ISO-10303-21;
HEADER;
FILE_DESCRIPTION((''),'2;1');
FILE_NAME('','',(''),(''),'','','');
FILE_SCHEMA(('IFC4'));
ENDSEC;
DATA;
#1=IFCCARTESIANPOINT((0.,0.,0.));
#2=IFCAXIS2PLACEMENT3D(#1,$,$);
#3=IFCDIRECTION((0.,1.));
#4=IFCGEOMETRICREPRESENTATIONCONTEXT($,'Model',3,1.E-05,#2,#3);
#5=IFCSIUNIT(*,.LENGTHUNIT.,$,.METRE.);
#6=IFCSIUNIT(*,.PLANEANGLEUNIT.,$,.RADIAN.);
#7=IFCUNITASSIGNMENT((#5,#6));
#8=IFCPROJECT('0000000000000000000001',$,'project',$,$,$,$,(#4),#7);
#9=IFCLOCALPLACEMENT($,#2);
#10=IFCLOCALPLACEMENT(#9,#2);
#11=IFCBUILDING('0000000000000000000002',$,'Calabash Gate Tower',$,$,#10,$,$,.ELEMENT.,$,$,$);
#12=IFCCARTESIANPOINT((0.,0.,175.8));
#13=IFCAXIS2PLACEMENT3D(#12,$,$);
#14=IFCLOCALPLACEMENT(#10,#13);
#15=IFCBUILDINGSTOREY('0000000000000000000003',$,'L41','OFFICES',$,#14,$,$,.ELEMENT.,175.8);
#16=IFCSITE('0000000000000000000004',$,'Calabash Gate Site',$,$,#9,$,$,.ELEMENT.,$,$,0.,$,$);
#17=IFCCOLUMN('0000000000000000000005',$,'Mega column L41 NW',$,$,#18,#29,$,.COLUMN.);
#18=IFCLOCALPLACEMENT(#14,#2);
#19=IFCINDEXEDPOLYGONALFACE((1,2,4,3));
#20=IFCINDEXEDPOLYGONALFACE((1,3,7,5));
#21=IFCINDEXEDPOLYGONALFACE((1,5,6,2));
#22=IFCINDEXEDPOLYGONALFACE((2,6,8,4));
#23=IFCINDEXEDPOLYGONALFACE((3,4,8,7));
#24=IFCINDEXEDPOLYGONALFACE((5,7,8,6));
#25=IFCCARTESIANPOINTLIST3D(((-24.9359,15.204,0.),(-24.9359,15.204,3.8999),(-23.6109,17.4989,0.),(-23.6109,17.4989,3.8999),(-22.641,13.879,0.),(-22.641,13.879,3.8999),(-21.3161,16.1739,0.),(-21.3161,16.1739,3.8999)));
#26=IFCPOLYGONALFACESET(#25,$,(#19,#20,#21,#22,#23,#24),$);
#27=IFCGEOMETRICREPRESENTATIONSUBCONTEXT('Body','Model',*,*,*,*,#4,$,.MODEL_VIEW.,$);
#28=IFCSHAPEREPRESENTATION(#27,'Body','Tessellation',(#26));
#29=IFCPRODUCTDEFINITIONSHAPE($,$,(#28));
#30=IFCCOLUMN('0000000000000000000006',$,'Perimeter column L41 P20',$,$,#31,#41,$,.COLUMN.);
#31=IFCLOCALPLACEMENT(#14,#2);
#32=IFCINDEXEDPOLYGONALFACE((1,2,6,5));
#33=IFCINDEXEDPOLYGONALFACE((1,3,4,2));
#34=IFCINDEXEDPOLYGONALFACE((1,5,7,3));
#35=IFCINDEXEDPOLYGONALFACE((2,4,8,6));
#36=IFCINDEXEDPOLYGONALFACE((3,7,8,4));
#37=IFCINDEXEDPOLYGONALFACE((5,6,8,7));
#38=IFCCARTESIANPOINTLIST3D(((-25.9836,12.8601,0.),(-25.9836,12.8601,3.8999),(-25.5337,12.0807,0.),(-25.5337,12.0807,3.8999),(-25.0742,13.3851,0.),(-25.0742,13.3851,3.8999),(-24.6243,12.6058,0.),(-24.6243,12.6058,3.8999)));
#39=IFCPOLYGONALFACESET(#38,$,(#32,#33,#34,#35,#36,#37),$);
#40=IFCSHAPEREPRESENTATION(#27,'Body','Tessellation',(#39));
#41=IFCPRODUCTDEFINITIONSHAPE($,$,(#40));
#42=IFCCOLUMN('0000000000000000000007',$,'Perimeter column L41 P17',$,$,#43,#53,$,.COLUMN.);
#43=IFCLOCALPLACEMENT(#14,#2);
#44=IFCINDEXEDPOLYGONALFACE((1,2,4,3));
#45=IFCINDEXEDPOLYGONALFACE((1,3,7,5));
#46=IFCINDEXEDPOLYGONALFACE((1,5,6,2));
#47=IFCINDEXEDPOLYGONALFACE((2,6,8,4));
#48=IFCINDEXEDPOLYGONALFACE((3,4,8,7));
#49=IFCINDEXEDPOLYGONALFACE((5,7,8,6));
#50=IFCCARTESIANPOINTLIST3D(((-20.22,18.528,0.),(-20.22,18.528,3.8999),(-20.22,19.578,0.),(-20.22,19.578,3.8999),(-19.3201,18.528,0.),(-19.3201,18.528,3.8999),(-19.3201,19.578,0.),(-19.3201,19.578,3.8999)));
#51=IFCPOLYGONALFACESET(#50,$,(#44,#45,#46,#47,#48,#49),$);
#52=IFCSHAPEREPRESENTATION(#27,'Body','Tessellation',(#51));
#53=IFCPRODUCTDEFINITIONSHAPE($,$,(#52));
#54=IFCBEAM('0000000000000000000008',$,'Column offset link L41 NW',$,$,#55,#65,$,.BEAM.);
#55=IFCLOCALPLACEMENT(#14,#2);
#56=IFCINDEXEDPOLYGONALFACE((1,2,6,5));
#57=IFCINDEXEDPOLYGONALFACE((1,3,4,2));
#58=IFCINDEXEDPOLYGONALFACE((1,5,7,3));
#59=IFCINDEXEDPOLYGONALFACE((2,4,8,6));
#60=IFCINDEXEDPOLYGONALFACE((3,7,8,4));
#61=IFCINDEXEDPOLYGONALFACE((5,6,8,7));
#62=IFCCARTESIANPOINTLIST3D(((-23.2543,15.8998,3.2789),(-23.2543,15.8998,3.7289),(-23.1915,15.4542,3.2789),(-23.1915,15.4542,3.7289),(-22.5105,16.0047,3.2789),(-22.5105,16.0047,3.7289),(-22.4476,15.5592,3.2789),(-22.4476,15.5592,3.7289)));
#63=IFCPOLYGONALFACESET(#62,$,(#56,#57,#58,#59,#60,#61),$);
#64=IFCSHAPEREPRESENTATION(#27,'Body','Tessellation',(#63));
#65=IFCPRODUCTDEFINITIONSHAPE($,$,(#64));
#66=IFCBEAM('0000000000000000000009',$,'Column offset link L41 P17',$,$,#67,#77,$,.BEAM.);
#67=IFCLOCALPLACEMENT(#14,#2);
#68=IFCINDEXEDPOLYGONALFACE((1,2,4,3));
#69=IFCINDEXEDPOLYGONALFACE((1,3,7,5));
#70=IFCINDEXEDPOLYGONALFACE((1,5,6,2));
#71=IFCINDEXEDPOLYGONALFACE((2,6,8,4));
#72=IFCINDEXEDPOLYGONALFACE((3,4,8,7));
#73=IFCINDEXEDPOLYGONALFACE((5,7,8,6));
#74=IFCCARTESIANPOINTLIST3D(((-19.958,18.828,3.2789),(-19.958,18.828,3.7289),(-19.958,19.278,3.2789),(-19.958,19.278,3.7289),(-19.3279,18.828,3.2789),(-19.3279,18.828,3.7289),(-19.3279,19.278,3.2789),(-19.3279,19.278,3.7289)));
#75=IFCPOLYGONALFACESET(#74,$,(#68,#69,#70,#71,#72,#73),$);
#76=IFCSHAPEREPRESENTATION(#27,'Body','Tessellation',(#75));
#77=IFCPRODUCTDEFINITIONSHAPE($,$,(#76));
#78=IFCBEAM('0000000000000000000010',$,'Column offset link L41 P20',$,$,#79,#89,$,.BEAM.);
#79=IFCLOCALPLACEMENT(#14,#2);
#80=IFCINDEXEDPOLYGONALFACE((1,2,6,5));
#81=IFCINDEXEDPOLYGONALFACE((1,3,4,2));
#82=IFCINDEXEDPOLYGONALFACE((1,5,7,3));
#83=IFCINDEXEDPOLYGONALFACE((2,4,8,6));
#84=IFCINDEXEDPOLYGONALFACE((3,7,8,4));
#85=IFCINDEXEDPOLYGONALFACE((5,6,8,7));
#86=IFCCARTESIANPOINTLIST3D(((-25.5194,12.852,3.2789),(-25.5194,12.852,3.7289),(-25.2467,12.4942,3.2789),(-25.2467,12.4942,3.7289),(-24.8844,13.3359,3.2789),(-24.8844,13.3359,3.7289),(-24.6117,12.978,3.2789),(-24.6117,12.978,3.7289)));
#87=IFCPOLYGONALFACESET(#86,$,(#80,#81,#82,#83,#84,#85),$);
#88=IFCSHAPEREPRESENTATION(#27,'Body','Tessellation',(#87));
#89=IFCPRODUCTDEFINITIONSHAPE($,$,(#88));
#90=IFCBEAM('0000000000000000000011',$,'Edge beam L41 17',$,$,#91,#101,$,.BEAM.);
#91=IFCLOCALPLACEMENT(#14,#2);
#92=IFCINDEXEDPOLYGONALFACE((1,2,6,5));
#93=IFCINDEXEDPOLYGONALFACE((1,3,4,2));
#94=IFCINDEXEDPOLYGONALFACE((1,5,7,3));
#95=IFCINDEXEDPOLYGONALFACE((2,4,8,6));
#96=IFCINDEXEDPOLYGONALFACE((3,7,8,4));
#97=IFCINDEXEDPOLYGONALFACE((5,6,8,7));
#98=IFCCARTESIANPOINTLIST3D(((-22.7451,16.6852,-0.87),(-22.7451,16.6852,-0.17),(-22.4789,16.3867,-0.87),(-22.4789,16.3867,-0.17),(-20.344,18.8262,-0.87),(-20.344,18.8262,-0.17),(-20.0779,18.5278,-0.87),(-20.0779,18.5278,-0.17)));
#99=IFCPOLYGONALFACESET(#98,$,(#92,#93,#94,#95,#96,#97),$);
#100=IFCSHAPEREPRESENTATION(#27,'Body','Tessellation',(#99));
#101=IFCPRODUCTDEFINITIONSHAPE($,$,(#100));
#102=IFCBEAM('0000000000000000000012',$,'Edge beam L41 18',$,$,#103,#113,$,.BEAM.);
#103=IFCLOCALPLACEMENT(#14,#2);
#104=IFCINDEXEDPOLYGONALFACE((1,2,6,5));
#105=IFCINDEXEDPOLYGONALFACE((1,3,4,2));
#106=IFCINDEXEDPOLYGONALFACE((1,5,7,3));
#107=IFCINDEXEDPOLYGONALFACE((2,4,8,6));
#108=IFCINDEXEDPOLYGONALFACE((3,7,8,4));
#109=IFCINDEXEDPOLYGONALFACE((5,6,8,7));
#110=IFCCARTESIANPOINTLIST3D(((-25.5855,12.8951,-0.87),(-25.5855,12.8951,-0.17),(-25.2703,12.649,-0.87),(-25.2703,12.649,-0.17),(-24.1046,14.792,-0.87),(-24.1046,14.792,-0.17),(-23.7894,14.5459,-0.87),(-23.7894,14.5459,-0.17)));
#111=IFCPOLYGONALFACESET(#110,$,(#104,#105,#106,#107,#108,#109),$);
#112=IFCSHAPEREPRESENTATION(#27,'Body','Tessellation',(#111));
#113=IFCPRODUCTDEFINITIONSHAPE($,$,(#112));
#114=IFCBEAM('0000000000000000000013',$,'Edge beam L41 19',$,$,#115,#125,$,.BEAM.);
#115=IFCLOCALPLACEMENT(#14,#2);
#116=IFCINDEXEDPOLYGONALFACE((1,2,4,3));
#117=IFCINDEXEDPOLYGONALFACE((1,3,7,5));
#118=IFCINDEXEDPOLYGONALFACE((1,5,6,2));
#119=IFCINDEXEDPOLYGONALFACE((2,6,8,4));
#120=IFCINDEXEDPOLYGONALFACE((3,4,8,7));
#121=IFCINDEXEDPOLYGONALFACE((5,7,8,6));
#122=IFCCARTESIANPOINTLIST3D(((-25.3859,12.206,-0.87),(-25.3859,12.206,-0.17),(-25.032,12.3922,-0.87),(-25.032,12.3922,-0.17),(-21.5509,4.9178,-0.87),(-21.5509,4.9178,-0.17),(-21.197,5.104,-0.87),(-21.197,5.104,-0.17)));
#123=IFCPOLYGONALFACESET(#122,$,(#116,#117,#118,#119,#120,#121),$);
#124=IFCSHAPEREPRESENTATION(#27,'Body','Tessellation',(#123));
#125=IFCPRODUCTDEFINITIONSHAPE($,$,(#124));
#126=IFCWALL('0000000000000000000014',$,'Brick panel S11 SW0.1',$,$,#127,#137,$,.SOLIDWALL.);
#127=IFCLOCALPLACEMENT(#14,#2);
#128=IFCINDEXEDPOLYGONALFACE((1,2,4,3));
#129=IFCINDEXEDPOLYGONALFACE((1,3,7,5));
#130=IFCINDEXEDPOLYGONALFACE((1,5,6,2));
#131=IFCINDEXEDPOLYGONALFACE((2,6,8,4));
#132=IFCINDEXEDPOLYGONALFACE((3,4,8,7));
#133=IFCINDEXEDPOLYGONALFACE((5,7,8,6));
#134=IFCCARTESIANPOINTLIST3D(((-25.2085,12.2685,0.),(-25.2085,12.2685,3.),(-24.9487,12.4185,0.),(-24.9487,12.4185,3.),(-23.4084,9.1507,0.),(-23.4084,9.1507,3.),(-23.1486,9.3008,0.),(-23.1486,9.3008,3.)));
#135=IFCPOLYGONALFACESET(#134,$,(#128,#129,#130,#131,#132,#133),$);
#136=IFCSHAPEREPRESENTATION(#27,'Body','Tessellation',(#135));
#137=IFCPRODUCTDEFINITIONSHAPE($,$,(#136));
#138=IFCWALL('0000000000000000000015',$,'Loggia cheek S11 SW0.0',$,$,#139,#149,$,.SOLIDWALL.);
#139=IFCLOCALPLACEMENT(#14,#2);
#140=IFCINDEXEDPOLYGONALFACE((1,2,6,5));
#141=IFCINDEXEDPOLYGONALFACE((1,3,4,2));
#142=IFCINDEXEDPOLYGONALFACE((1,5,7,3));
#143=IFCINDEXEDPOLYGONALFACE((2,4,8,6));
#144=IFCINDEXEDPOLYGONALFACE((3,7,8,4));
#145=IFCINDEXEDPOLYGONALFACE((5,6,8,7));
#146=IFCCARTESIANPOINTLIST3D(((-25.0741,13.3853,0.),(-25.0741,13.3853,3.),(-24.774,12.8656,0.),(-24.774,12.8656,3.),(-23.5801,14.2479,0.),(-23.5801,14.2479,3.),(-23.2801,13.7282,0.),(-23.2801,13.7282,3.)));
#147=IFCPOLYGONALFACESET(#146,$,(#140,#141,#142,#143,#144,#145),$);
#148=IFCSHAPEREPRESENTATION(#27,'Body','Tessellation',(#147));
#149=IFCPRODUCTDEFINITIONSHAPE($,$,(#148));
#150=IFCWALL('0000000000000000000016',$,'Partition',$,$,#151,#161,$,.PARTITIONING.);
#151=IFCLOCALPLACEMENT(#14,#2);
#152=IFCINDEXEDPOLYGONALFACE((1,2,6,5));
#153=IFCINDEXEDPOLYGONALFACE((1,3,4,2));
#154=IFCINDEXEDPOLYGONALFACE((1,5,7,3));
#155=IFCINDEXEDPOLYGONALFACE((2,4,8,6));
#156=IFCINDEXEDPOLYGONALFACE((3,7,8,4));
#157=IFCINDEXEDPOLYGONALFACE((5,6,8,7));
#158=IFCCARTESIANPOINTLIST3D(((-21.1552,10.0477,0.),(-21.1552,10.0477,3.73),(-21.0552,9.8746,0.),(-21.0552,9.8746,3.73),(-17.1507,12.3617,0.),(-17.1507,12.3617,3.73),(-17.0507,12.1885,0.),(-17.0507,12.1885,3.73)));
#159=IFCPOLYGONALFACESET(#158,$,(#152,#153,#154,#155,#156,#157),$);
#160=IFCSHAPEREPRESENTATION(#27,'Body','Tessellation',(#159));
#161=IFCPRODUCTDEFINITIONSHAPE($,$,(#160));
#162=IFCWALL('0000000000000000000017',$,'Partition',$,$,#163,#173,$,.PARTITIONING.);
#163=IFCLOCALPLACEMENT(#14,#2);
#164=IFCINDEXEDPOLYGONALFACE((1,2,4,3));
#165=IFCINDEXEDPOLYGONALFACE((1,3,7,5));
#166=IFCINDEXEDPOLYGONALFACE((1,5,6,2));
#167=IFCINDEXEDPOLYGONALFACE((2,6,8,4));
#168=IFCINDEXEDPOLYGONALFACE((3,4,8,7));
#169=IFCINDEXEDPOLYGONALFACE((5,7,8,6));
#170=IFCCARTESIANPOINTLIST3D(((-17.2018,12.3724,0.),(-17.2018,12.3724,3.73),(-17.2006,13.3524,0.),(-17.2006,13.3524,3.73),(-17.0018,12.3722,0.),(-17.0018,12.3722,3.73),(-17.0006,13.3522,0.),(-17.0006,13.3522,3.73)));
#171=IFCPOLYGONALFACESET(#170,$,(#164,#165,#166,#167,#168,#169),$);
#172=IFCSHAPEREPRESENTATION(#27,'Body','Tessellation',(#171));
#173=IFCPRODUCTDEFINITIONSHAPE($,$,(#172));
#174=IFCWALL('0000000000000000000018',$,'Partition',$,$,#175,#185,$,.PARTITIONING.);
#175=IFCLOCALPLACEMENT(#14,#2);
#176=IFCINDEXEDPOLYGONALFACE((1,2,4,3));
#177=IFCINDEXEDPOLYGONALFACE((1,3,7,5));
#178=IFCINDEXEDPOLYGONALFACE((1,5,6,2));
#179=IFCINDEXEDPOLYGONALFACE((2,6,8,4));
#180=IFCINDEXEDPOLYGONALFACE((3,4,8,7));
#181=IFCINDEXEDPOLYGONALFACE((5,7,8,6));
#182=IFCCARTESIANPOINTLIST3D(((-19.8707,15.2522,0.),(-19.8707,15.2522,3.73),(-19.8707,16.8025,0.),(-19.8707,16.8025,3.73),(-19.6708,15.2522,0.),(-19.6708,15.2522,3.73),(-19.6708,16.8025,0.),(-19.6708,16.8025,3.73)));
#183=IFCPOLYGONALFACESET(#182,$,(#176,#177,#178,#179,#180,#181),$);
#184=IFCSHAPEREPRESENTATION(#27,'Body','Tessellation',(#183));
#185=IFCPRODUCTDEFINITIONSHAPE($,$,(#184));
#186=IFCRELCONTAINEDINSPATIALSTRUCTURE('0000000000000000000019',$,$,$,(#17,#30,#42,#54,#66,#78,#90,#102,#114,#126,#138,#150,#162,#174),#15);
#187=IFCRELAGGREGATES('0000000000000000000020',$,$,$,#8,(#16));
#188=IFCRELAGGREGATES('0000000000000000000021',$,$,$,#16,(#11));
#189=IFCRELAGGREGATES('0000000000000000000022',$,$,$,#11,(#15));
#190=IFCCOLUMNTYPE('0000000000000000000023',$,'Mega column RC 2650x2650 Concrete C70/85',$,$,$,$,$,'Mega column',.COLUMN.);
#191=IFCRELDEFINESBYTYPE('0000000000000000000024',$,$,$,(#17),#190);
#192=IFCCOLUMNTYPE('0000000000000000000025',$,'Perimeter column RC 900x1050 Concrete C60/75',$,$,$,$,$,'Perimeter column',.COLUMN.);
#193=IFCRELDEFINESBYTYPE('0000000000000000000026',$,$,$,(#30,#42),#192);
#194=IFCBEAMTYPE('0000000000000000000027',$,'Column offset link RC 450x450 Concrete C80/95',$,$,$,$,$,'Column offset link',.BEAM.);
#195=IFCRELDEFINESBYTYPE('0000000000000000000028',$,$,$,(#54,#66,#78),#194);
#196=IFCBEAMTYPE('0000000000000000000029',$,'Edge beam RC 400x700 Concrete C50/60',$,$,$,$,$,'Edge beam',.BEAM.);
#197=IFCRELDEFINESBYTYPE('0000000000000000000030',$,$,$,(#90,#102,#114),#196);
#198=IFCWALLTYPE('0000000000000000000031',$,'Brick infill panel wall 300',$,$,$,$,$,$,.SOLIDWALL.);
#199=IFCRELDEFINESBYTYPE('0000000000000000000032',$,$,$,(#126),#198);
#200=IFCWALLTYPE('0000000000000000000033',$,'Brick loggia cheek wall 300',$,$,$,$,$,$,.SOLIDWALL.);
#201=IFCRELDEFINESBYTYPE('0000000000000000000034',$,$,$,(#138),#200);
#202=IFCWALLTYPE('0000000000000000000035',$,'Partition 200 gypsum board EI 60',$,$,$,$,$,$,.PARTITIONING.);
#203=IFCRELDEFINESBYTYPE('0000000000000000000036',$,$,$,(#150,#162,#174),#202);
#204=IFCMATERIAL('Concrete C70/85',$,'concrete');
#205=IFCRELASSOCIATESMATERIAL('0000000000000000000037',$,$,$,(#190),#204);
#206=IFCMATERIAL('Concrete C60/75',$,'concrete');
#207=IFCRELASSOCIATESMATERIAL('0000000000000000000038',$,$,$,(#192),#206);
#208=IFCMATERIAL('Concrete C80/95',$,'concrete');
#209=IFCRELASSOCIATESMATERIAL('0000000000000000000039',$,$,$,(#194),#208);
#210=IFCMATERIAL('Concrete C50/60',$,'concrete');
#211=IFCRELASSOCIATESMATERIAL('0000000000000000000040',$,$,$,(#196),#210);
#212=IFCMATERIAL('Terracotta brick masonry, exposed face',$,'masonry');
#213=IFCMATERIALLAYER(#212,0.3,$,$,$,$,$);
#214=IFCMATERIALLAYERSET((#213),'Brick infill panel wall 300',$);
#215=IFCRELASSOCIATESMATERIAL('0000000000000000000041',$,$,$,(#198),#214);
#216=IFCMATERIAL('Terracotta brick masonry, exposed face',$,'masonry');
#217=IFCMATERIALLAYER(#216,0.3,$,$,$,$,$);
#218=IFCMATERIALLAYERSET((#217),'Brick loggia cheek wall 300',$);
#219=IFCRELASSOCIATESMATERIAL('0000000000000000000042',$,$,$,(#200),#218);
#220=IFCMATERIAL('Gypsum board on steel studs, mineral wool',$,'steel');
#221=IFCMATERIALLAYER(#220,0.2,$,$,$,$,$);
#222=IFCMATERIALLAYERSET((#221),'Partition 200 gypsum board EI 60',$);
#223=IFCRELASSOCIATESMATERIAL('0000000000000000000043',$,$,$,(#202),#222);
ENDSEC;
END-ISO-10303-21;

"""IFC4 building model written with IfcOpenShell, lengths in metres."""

from ifc_helpers import new_model, si_unit, direction, frame, frame_2d, origin, origin_2d, place, context, subcontext, project, spatial, rectangle, extrude, material, layer, layer_set, material_profile, profile_set, type_object, element, save


model = new_model("IFC4")

# Units and contexts
model_context = context("Model", 3, precision=1e-05, world=origin(), true_north=direction((0.0, 1.0)))
body_context = subcontext(model_context, "Body", "Model", "MODEL_VIEW")
ifc_project = project(units=[si_unit("LENGTHUNIT", "METRE"), si_unit("PLANEANGLEUNIT", "RADIAN")], contexts=[model_context])

# Site, building, storey
site_placement = place(None, origin())
site = spatial("IfcSite", under=ifc_project, at=site_placement, Name="Calabash Gate Site", CompositionType="ELEMENT", RefElevation=0.0)
building_placement = place(site_placement, origin())
building = spatial("IfcBuilding", under=site, at=building_placement, Name="Calabash Gate Tower", CompositionType="ELEMENT")
storey_placement = place(building_placement, frame((0.0, 0.0, 175.8)))
storey = spatial("IfcBuildingStorey", under=building, at=storey_placement, Name="L41", Description="OFFICES", CompositionType="ELEMENT", Elevation=175.8)

# Columns
ifc_material_1 = material(Name="Concrete C70/85", Category="concrete")
ifc_material_profile_1 = material_profile(ifc_material_1, rectangle(XDim=2.6499, YDim=2.6499, at=origin_2d()))
ifc_profile_set_1 = profile_set([ifc_material_profile_1], Name="Concrete C70/85")
column_type_1 = type_object("IfcColumnType", Name="Mega column RC 2650x2650 Concrete C70/85", ElementType="Mega column", PredefinedType="COLUMN", material=ifc_profile_set_1)
column_placement = place(storey_placement, frame((-23.126, 15.689, 0.0), z_axis=(0.0, 0.0, 1.0), x_axis=(0.866025, -0.5, 0.0)))
element("IfcColumn", 1, at=column_placement, inside=storey, type_object=column_type_1, Name="Mega column L41 NW", PredefinedType="COLUMN", context=body_context, shape_type="SweptSolid", body=[
    extrude(rectangle(XDim=2.6499, YDim=2.6499, at=origin_2d()), origin(), (0.0, 0.0, 1.0), 3.8999),
])
ifc_material_2 = material(Name="Concrete C60/75", Category="concrete")
ifc_material_profile_2 = material_profile(ifc_material_2, rectangle(XDim=0.8999, YDim=1.05, at=origin_2d()))
ifc_profile_set_2 = profile_set([ifc_material_profile_2], Name="Concrete C60/75")
column_type_2 = type_object("IfcColumnType", Name="Perimeter column RC 900x1050 Concrete C60/75", ElementType="Perimeter column", PredefinedType="COLUMN", material=ifc_profile_set_2)
for number, where, z_axis, x_axis, name in (
    (2, (-25.304, 12.7329, 0.0), (0.0, 0.0, 1.0), (0.5, -0.866025, 0.0), "Perimeter column L41 P20"),
    (3, (-19.77, 19.053, 0.0), (0.0, 0.0, 1.0), (-1.0, 0.0, 0.0), "Perimeter column L41 P17"),
):
    element("IfcColumn", number, at=place(storey_placement, frame(where, z_axis=z_axis, x_axis=x_axis)), inside=storey, type_object=column_type_2, Name=name, PredefinedType="COLUMN", context=body_context, shape_type="SweptSolid", body=[
        extrude(rectangle(XDim=0.8999, YDim=1.05, at=origin_2d()), origin(), (0.0, 0.0, 1.0), 3.8999),
    ])

# Beams
ifc_material_3 = material(Name="Concrete C80/95", Category="concrete")
ifc_material_profile_3 = material_profile(ifc_material_3, rectangle(XDim=0.45, YDim=0.45, at=origin_2d()))
ifc_profile_set_3 = profile_set([ifc_material_profile_3], Name="Concrete C80/95")
beam_type_1 = type_object("IfcBeamType", Name="Column offset link RC 450x450 Concrete C80/95", ElementType="Column offset link", PredefinedType="BEAM", material=ifc_profile_set_3)
beam_1_placement = place(storey_placement, frame((-23.2229, 15.677, 3.5039), z_axis=(0.990189, 0.139738, 0.0), x_axis=(-0.139738, 0.990189, 0.0)))
element("IfcBeam", 4, at=beam_1_placement, inside=storey, type_object=beam_type_1, Name="Column offset link L41 NW", PredefinedType="BEAM", context=body_context, shape_type="SweptSolid", body=[
    extrude(rectangle(XDim=0.45, YDim=0.45, at=origin_2d()), origin(), (0.0, 0.0, 1.0), 0.7512),
])
beam_2_placement = place(storey_placement, frame((-19.958, 19.053, 3.5039), z_axis=(1.0, 0.0, 0.0), x_axis=(0.0, 1.0, 0.0)))
element("IfcBeam", 5, at=beam_2_placement, inside=storey, type_object=beam_type_1, Name="Column offset link L41 P17", PredefinedType="BEAM", context=body_context, shape_type="SweptSolid", body=[
    extrude(rectangle(XDim=0.45, YDim=0.45, at=origin_2d()), origin(), (0.0, 0.0, 1.0), 0.6301),
])
beam_3_placement = place(storey_placement, frame((-25.3831, 12.6731, 3.5039), z_axis=(0.79539, 0.606098, 0.0), x_axis=(-0.606098, 0.79539, 0.0)))
element("IfcBeam", 6, at=beam_3_placement, inside=storey, type_object=beam_type_1, Name="Column offset link L41 P20", PredefinedType="BEAM", context=body_context, shape_type="SweptSolid", body=[
    extrude(rectangle(XDim=0.45, YDim=0.45, at=origin_2d()), origin(), (0.0, 0.0, 1.0), 0.7983),
])
ifc_material_4 = material(Name="Concrete C50/60", Category="concrete")
ifc_material_profile_4 = material_profile(ifc_material_4, rectangle(XDim=0.3999, YDim=0.7, at=origin_2d()))
ifc_profile_set_4 = profile_set([ifc_material_profile_4], Name="Concrete C50/60")
beam_type_2 = type_object("IfcBeamType", Name="Edge beam RC 400x700 Concrete C50/60", ElementType="Edge beam", PredefinedType="BEAM", material=ifc_profile_set_4)
beam_4_placement = place(storey_placement, frame((-20.2109, 18.677, -0.52), z_axis=(-0.746362, -0.665541, 0.0), x_axis=(0.665541, -0.746362, 0.0)))
element("IfcBeam", 7, at=beam_4_placement, inside=storey, type_object=beam_type_2, Name="Edge beam L41 17", PredefinedType="BEAM", context=body_context, shape_type="SweptSolid", body=[
    extrude(rectangle(XDim=0.3999, YDim=0.7, at=origin_2d()), origin(), (0.0, 0.0, 1.0), 3.217),
])
beam_5_placement = place(storey_placement, frame((-23.947, 14.6689, -0.52), z_axis=(-0.615372, -0.788237, 0.0), x_axis=(0.788237, -0.615372, 0.0)))
element("IfcBeam", 8, at=beam_5_placement, inside=storey, type_object=beam_type_2, Name="Edge beam L41 18", PredefinedType="BEAM", context=body_context, shape_type="SweptSolid", body=[
    extrude(rectangle(XDim=0.3999, YDim=0.7, at=origin_2d()), origin(), (0.0, 0.0, 1.0), 2.4065),
])
beam_6_placement = place(storey_placement, frame((-25.209, 12.2991, -0.52), z_axis=(0.465663, -0.884962, 0.0), x_axis=(0.884962, 0.465663, 0.0)))
element("IfcBeam", 9, at=beam_6_placement, inside=storey, type_object=beam_type_2, Name="Edge beam L41 19", PredefinedType="BEAM", context=body_context, shape_type="SweptSolid", body=[
    extrude(rectangle(XDim=0.3999, YDim=0.7, at=origin_2d()), origin(), (0.0, 0.0, 1.0), 8.2356),
])

# Walls
ifc_material_5 = material(Name="Terracotta brick masonry, exposed face", Category="masonry")
ifc_layer_1 = layer(ifc_material_5, 0.3)
ifc_layer_set_1 = layer_set([ifc_layer_1], Name="Brick infill panel wall 300")
wall_type_1 = type_object("IfcWallType", Name="Brick infill panel wall 300", PredefinedType="SOLIDWALL", material=ifc_layer_set_1)
wall_1_placement = place(storey_placement, frame((-25.0786, 12.3435, 0.0), z_axis=(0.0, 0.0, 1.0), x_axis=(0.500012, -0.866018, 0.0)))
element("IfcWall", 10, at=wall_1_placement, inside=storey, type_object=wall_type_1, Name="Brick panel S11 SW0.1", PredefinedType="SOLIDWALL", context=body_context, shape_type="SweptSolid", body=[
    extrude(rectangle(XDim=3.6001, YDim=0.3, at=frame_2d((1.8, 0.0))), origin(), (0.0, 0.0, 1.0), 3.0),
])
ifc_material_6 = material(Name="Terracotta brick masonry, exposed face", Category="masonry")
ifc_layer_2 = layer(ifc_material_6, 0.3)
ifc_layer_set_2 = layer_set([ifc_layer_2], Name="Brick loggia cheek wall 300")
wall_type_2 = type_object("IfcWallType", Name="Brick loggia cheek wall 300", PredefinedType="SOLIDWALL", material=ifc_layer_set_2)
wall_2_placement = place(storey_placement, frame((-24.9241, 13.1255, 0.0), z_axis=(0.0, 0.0, 1.0), x_axis=(0.866014, 0.500021, 0.0)))
element("IfcWall", 11, at=wall_2_placement, inside=storey, type_object=wall_type_2, Name="Loggia cheek S11 SW0.0", PredefinedType="SOLIDWALL", context=body_context, shape_type="SweptSolid", body=[
    extrude(rectangle(XDim=1.7251, YDim=0.6001, at=frame_2d((0.8625, 0.0))), origin(), (0.0, 0.0, 1.0), 3.0),
])

# Shared definitions
ifc_material_7 = material(Name="Gypsum board on steel studs, mineral wool", Category="steel")
ifc_layer_3 = layer(ifc_material_7, 0.2)
ifc_layer_set_3 = layer_set([ifc_layer_3], Name="Partition 200 gypsum board EI 60")
wall_type_3 = type_object("IfcWallType", Name="Partition 200 gypsum board EI 60", PredefinedType="PARTITIONING", material=ifc_layer_set_3)

# Walls
wall_3_placement = place(storey_placement, frame((-21.1052, 9.9612, 0.0), z_axis=(0.0, 0.0, 1.0), x_axis=(0.865849, 0.500306, 0.0)))
element("IfcWall", 12, at=wall_3_placement, inside=storey, type_object=wall_type_3, Name="Partition", PredefinedType="PARTITIONING", context=body_context, shape_type="SweptSolid", body=[
    extrude(rectangle(XDim=4.625, YDim=0.2, at=frame_2d((2.3125, 0.0))), origin(), (0.0, 0.0, 1.0), 3.73),
])
wall_4_placement = place(storey_placement, frame((-17.1018, 12.3723, 0.0), z_axis=(0.0, 0.0, 1.0), x_axis=(0.001246, 0.999999, 0.0)))
element("IfcWall", 13, at=wall_4_placement, inside=storey, type_object=wall_type_3, Name="Partition", PredefinedType="PARTITIONING", context=body_context, shape_type="SweptSolid", body=[
    extrude(rectangle(XDim=0.98, YDim=0.2, at=frame_2d((0.49, 0.0))), origin(), (0.0, 0.0, 1.0), 3.73),
])

# Wall
wall_5_placement = place(storey_placement, frame((-19.7708, 16.8025, 0.0), z_axis=(0.0, 0.0, 1.0), x_axis=(0.0, -1.0, 0.0)))
element("IfcWall", 14, at=wall_5_placement, inside=storey, type_object=wall_type_3, Name="Partition", PredefinedType="PARTITIONING", context=body_context, shape_type="SweptSolid", body=[
    extrude(rectangle(XDim=1.5503, YDim=0.2, at=frame_2d((0.7751, 0.0))), origin(), (0.0, 0.0, 1.0), 3.73),
])

save(model, "model.ifc")
